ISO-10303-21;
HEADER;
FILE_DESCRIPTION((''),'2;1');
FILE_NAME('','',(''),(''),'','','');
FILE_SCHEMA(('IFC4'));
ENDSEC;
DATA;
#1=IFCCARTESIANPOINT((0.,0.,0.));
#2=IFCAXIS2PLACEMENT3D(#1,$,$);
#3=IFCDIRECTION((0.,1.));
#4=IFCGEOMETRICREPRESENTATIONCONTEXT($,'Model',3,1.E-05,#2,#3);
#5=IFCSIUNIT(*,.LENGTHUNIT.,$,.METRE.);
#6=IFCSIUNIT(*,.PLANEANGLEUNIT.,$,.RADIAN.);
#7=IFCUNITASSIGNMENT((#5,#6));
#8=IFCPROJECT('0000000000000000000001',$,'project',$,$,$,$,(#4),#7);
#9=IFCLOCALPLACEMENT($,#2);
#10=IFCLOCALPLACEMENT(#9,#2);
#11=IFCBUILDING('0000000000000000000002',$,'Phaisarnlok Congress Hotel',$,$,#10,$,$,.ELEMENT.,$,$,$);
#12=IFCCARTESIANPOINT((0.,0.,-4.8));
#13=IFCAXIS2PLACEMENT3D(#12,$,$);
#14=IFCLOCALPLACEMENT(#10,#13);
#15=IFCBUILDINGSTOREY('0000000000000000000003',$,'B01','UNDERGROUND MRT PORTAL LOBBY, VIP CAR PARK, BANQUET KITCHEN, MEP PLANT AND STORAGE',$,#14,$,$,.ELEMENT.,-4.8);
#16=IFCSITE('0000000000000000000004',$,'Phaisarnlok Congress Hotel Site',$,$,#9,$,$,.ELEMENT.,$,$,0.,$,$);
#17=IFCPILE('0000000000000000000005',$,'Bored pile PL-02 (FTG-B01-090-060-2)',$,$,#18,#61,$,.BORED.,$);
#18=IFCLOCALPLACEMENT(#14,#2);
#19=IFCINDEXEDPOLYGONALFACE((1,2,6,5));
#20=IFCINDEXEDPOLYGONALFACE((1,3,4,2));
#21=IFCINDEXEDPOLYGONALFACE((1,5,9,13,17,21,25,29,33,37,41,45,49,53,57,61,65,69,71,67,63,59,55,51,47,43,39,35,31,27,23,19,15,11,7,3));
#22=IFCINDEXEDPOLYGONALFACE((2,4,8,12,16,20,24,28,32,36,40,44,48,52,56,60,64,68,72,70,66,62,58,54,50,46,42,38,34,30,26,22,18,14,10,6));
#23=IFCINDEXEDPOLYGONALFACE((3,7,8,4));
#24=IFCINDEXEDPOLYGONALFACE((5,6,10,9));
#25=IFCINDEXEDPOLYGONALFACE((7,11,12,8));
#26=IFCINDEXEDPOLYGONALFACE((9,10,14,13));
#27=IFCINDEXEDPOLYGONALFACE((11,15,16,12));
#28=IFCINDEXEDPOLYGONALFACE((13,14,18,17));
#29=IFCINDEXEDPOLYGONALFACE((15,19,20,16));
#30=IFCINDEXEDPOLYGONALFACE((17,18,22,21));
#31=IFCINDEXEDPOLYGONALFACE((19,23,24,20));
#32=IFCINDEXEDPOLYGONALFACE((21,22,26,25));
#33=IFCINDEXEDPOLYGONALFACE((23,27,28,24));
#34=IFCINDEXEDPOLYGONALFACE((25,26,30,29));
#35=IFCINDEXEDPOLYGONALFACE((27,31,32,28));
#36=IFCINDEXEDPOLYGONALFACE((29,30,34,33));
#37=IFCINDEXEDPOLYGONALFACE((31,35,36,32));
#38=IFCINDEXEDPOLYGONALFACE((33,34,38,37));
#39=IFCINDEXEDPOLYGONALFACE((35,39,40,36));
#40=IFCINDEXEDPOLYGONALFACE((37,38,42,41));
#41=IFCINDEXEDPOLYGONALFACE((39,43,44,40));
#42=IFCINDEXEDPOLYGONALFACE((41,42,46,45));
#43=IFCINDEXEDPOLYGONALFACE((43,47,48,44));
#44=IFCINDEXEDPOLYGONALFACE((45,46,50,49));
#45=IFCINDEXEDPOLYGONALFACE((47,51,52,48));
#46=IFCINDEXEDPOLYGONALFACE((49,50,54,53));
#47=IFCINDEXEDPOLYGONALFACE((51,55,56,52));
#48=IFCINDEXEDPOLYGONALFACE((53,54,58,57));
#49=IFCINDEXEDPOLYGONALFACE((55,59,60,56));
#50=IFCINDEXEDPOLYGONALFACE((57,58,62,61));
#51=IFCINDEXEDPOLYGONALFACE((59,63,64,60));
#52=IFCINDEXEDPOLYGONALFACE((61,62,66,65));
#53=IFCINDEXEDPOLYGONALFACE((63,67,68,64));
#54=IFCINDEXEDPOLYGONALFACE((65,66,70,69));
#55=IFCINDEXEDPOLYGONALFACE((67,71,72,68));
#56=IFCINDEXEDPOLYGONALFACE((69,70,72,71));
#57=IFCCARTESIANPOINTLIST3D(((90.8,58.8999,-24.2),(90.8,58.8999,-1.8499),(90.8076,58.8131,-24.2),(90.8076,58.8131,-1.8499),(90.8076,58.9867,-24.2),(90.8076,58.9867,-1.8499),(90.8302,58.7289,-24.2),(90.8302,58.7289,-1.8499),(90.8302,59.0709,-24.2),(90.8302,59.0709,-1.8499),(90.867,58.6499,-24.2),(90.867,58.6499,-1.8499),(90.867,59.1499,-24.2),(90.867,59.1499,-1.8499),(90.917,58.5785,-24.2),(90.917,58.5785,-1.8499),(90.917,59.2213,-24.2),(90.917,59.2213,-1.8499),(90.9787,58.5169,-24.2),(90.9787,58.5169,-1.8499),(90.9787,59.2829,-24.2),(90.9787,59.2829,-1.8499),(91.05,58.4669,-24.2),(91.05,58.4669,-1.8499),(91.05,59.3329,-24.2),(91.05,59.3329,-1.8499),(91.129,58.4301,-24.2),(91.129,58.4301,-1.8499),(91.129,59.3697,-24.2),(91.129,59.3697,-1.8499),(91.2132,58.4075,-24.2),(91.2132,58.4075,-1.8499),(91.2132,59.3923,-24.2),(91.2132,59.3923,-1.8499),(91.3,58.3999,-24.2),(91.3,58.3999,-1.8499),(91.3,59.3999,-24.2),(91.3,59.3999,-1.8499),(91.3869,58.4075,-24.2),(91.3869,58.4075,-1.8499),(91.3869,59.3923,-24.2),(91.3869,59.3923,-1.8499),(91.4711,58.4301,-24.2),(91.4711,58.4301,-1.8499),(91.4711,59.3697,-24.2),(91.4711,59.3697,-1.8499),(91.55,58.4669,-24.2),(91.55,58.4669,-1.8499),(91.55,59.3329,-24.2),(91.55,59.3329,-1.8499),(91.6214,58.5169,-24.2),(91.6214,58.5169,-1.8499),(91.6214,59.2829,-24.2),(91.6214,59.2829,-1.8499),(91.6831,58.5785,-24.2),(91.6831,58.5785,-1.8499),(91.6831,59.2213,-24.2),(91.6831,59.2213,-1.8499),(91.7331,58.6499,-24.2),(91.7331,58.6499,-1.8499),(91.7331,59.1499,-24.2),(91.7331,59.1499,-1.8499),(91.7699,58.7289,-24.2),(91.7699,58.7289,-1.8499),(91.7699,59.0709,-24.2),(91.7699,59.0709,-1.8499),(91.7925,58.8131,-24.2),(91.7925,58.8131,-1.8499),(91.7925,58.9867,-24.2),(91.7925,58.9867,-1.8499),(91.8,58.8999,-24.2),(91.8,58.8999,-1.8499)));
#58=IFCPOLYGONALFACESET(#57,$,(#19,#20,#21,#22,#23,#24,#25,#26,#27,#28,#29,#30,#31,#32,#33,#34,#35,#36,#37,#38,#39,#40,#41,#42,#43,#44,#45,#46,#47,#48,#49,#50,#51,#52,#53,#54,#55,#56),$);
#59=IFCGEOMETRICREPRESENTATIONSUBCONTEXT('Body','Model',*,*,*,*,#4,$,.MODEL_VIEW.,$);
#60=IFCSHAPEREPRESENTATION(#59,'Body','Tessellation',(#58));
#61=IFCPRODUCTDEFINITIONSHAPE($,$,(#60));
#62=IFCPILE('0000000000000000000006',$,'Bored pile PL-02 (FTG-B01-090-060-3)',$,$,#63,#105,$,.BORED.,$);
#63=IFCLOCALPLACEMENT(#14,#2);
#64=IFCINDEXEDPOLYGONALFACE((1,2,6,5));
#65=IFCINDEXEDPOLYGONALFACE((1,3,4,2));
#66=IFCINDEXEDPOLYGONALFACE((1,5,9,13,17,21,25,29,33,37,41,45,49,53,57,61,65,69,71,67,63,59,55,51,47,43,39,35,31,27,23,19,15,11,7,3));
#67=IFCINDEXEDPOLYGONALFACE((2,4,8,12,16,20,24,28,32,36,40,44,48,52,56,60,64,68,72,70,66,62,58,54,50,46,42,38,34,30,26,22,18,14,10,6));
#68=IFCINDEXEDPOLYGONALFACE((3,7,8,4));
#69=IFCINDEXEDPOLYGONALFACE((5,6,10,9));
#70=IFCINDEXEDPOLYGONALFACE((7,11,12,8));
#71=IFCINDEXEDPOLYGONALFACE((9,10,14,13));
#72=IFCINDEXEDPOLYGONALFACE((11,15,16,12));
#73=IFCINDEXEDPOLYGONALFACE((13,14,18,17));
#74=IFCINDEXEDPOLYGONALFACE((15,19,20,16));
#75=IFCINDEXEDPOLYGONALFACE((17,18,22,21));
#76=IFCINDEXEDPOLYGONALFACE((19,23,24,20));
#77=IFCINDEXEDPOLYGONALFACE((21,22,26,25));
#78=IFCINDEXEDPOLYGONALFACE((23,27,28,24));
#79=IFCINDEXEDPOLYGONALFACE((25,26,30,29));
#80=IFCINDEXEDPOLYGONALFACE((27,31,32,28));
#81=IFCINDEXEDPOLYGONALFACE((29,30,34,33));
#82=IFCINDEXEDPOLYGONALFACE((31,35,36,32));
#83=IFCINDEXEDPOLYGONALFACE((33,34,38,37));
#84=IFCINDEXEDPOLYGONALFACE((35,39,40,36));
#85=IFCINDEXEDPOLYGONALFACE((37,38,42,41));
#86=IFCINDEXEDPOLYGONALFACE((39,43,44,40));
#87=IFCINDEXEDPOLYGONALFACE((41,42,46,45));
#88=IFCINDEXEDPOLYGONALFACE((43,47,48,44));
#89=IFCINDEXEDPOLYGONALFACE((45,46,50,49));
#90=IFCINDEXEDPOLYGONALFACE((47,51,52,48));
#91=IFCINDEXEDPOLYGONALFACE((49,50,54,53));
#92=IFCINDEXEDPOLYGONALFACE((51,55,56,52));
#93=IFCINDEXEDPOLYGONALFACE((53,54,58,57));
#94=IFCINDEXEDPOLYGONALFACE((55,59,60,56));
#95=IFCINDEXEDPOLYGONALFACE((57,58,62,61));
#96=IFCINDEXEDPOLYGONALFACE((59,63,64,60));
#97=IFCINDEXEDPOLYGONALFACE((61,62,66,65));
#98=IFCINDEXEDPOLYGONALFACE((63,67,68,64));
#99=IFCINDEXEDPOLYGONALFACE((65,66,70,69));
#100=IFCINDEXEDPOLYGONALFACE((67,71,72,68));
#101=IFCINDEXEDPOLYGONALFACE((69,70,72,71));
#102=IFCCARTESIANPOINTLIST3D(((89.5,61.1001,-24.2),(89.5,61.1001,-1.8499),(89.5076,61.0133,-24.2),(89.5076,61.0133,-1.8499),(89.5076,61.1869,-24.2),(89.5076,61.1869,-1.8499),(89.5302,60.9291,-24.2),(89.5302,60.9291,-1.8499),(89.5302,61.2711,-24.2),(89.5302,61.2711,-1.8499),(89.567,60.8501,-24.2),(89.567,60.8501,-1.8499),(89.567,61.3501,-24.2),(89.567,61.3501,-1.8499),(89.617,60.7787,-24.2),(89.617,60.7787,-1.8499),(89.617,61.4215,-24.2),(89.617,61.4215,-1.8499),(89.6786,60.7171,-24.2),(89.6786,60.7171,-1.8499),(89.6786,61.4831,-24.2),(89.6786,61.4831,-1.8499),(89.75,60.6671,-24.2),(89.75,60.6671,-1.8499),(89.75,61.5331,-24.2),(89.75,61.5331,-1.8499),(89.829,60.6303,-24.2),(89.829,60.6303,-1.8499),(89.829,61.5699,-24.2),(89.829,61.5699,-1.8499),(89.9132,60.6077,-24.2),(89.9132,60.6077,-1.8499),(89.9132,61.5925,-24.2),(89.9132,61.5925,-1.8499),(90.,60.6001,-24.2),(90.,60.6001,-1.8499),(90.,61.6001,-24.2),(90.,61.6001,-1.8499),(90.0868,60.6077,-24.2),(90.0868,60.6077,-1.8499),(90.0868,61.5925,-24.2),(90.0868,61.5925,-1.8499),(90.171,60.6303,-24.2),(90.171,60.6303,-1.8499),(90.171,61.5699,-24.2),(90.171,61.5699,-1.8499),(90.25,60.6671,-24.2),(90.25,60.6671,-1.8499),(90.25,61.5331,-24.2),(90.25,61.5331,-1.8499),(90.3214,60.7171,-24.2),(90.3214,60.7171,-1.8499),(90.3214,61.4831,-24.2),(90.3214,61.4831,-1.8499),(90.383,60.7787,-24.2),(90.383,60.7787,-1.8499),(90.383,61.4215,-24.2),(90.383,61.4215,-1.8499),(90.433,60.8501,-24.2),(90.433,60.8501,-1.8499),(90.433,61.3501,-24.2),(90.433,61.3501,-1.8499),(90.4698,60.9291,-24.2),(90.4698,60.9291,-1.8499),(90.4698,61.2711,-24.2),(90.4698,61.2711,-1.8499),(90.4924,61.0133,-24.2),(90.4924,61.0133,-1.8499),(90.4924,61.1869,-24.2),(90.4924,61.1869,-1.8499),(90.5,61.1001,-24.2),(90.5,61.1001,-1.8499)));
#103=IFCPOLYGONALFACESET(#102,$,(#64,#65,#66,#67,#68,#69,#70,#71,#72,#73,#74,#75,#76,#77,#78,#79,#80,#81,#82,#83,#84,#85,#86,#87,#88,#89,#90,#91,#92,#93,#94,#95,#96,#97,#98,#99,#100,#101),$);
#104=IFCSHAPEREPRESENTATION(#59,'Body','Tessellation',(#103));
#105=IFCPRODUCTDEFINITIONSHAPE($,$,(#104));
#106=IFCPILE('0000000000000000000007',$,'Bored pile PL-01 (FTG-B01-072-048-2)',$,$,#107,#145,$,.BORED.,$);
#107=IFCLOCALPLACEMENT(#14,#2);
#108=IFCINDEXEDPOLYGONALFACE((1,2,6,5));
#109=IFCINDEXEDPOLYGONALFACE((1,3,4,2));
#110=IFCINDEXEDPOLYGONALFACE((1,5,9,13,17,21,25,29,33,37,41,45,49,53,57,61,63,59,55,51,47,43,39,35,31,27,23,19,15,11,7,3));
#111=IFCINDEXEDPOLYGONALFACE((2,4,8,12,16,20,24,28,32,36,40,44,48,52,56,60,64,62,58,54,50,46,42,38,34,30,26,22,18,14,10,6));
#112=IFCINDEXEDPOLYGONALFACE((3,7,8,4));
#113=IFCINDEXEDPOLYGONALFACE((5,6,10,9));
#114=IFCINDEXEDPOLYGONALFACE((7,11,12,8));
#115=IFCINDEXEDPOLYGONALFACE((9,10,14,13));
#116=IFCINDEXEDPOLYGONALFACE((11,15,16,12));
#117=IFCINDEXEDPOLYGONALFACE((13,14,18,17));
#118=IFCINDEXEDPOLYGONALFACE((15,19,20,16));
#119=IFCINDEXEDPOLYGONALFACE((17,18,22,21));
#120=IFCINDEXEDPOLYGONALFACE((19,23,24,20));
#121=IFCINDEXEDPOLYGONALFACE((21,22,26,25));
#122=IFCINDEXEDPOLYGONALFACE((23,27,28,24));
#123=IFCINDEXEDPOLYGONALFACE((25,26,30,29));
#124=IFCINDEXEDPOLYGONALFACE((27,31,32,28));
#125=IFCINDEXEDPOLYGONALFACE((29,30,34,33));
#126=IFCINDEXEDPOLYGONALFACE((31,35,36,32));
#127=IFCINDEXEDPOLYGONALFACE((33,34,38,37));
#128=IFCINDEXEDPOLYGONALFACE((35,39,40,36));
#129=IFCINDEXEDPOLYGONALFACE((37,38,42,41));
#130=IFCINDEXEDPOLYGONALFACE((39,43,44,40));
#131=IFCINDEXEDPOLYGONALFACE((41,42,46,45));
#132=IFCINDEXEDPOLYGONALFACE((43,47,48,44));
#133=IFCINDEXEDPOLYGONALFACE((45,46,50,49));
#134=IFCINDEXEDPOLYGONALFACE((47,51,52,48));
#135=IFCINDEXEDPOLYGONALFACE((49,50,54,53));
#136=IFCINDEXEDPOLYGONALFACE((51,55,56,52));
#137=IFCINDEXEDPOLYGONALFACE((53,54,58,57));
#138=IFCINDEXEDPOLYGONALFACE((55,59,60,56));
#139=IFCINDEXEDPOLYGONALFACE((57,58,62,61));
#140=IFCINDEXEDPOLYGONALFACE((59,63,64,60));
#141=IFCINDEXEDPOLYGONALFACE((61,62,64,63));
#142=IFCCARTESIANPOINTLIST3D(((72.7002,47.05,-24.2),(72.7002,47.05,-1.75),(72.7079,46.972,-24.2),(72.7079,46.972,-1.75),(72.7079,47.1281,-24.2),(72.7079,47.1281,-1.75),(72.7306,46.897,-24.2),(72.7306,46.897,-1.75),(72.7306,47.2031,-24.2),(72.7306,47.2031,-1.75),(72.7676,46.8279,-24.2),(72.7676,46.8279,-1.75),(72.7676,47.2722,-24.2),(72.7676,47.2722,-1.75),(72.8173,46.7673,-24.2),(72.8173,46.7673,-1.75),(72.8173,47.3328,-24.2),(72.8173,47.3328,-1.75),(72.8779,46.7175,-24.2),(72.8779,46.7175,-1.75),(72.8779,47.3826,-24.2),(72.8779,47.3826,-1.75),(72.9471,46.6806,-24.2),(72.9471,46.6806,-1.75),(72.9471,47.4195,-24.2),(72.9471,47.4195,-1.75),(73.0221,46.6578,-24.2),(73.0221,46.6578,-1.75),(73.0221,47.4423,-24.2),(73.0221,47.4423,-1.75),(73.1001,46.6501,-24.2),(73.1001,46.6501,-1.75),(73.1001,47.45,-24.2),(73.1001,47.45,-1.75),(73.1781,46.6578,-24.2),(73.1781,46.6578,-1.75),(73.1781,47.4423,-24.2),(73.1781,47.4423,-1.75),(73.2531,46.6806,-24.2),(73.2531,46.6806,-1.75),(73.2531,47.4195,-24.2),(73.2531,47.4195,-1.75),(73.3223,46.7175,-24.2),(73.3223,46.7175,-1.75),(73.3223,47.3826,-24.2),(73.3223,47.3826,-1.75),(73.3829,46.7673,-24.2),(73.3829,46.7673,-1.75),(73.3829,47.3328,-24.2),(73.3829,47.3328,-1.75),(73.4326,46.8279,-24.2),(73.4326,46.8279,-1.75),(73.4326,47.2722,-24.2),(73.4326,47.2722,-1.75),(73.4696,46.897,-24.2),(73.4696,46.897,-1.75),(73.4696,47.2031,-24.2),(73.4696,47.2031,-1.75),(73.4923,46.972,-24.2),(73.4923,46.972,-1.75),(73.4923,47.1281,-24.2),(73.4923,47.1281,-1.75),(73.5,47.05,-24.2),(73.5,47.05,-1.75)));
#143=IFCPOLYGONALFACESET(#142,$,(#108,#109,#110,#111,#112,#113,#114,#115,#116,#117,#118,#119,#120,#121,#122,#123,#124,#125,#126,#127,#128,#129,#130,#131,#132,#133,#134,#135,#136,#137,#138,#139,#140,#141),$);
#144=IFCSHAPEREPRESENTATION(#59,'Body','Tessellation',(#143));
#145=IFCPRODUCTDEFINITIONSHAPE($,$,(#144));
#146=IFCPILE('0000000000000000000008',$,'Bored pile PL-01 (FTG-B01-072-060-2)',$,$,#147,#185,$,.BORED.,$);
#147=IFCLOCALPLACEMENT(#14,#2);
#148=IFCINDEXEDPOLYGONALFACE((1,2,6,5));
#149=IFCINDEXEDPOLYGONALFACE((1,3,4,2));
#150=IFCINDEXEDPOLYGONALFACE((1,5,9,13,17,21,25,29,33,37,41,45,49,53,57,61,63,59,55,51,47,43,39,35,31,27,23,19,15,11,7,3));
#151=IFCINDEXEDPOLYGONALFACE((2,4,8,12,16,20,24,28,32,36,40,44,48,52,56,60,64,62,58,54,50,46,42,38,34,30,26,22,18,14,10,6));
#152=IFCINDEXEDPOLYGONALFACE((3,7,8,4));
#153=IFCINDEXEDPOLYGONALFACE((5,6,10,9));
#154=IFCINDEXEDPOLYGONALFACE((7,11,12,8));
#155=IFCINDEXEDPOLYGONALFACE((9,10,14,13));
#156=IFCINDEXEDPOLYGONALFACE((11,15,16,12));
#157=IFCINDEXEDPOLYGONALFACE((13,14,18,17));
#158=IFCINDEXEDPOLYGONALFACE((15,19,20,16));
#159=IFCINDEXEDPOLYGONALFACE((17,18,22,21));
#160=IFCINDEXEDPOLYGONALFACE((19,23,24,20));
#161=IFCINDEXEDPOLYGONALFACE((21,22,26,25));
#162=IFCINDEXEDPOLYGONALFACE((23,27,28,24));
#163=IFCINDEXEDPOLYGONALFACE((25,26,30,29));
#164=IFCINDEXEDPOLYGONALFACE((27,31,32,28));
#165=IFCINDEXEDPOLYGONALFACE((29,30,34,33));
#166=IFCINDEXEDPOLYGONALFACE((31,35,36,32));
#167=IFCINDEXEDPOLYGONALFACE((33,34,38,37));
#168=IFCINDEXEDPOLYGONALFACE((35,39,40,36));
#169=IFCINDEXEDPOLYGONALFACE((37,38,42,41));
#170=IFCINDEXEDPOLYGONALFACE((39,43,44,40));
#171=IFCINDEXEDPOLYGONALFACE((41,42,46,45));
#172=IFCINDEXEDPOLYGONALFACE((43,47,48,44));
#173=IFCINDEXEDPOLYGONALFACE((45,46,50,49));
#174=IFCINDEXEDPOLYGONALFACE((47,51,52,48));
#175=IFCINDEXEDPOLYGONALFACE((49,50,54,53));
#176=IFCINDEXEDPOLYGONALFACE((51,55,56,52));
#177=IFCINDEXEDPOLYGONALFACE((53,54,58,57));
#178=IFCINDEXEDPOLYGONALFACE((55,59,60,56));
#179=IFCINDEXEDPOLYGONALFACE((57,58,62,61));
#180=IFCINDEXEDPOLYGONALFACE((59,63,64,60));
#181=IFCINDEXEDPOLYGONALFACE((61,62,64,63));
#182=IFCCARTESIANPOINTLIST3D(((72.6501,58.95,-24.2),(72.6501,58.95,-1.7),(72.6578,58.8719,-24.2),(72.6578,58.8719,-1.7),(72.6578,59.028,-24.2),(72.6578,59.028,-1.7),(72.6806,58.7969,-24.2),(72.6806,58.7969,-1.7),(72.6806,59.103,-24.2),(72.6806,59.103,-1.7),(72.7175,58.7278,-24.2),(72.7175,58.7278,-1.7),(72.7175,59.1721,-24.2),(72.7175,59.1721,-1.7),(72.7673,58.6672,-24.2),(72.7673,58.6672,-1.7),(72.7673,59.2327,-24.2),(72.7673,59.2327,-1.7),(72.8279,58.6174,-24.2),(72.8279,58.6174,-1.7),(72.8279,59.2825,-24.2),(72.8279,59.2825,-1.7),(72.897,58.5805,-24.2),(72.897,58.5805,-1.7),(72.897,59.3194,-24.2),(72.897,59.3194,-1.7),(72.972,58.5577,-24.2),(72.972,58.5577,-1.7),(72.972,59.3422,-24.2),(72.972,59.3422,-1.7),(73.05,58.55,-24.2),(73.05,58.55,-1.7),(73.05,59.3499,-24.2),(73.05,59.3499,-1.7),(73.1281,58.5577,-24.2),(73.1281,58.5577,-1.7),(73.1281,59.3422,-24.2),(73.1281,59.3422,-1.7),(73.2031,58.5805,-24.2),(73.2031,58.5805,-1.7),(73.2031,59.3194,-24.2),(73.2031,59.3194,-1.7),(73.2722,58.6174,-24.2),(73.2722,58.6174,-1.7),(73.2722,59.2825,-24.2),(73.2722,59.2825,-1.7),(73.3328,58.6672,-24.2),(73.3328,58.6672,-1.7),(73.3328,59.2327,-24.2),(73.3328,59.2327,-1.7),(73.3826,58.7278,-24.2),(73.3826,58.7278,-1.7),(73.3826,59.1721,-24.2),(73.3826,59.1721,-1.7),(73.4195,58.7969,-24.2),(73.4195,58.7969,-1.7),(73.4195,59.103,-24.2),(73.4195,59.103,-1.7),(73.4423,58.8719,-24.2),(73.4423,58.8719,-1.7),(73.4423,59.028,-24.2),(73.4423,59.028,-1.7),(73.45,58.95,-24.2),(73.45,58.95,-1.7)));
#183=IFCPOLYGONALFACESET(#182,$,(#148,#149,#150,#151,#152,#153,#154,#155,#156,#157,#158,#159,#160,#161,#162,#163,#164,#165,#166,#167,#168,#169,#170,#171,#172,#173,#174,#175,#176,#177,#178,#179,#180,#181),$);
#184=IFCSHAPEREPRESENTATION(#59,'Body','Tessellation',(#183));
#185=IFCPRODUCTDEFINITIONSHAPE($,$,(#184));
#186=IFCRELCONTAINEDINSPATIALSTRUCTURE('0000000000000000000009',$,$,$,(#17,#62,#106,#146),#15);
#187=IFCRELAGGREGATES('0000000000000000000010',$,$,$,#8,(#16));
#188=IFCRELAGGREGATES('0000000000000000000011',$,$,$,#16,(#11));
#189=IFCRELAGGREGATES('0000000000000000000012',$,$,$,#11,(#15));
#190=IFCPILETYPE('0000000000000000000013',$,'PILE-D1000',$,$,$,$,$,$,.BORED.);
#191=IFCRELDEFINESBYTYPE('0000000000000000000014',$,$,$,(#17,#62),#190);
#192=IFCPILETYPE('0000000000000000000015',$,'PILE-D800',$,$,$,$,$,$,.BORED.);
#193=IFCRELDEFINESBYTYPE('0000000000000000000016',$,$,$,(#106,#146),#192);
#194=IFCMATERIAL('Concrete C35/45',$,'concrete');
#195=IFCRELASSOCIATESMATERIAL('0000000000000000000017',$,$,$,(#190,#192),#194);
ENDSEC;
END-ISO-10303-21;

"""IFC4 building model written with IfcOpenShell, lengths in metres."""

from ifc_helpers import new_model, si_unit, direction, frame, origin, origin_2d, place, context, subcontext, project, spatial, circle, extrude, material, material_profile, profile_set, type_object, element, save


model = new_model("IFC4")

# Units and contexts
model_context = context("Model", 3, precision=1e-05, world=origin(), true_north=direction((0.0, 1.0)))
body_context = subcontext(model_context, "Body", "Model", "MODEL_VIEW")
ifc_project = project(units=[si_unit("LENGTHUNIT", "METRE"), si_unit("PLANEANGLEUNIT", "RADIAN")], contexts=[model_context])

# Site, building, storey
site_placement = place(None, origin())
site = spatial("IfcSite", under=ifc_project, at=site_placement, Name="Phaisarnlok Congress Hotel Site", CompositionType="ELEMENT", RefElevation=0.0)
building_placement = place(site_placement, origin())
building = spatial("IfcBuilding", under=site, at=building_placement, Name="Phaisarnlok Congress Hotel", CompositionType="ELEMENT")
storey_placement = place(building_placement, frame((0.0, 0.0, -4.8)))
storey = spatial("IfcBuildingStorey", under=building, at=storey_placement, Name="B01", Description="UNDERGROUND MRT PORTAL LOBBY, VIP CAR PARK, BANQUET KITCHEN, MEP PLANT AND STORAGE", CompositionType="ELEMENT", Elevation=-4.8)

# Piles
ifc_material_1 = material(Name="Concrete C35/45", Category="concrete")
ifc_material_profile_1 = material_profile(ifc_material_1, circle(Radius=0.5, at=origin_2d()), Name="BORED PILE D1000")
ifc_profile_set_1 = profile_set([ifc_material_profile_1], Name="Concrete C35/45")
pile_type_1 = type_object("IfcPileType", Name="PILE-D1000", PredefinedType="BORED", material=ifc_profile_set_1)
for number, where, z_axis, x_axis, name in (
    (1, (91.3, 58.8999, -1.8499), (0.0, 0.0, -1.0), (1.0, 0.0, 0.0), "Bored pile PL-02 (FTG-B01-090-060-2)"),
    (2, (90.0, 61.1001, -1.8499), (0.0, 0.0, -1.0), (1.0, 0.0, 0.0), "Bored pile PL-02 (FTG-B01-090-060-3)"),
):
    element("IfcPile", number, at=place(storey_placement, frame(where, z_axis=z_axis, x_axis=x_axis)), inside=storey, type_object=pile_type_1, Name=name, PredefinedType="BORED", context=body_context, shape_type="SweptSolid", body=[
        extrude(circle(Radius=0.5, at=origin_2d()), origin(), (0.0, 0.0, 1.0), 22.3501),
    ])
ifc_material_profile_2 = material_profile(ifc_material_1, circle(Radius=0.3999, at=origin_2d()), Name="BORED PILE D800")
ifc_profile_set_2 = profile_set([ifc_material_profile_2], Name="Concrete C35/45")
pile_type_2 = type_object("IfcPileType", Name="PILE-D800", PredefinedType="BORED", material=ifc_profile_set_2)
pile_placement = place(storey_placement, frame((73.1001, 47.05, -1.75), z_axis=(0.0, 0.0, -1.0), x_axis=(1.0, 0.0, 0.0)))
element("IfcPile", 3, at=pile_placement, inside=storey, type_object=pile_type_2, Name="Bored pile PL-01 (FTG-B01-072-048-2)", PredefinedType="BORED", context=body_context, shape_type="SweptSolid", body=[
    extrude(circle(Radius=0.3999, at=origin_2d()), origin(), (0.0, 0.0, 1.0), 22.45),
])
for number, where, z_axis, x_axis, name in (
    (4, (73.05, 58.95, -1.7), (0.0, 0.0, -1.0), (1.0, 0.0, 0.0), "Bored pile PL-01 (FTG-B01-072-060-2)"),
):
    element("IfcPile", number, at=place(storey_placement, frame(where, z_axis=z_axis, x_axis=x_axis)), inside=storey, type_object=pile_type_2, Name=name, PredefinedType="BORED", context=body_context, shape_type="SweptSolid", body=[
        extrude(circle(Radius=0.3999, at=origin_2d()), origin(), (0.0, 0.0, 1.0), 22.5),
    ])

save(model, "model.ifc")
